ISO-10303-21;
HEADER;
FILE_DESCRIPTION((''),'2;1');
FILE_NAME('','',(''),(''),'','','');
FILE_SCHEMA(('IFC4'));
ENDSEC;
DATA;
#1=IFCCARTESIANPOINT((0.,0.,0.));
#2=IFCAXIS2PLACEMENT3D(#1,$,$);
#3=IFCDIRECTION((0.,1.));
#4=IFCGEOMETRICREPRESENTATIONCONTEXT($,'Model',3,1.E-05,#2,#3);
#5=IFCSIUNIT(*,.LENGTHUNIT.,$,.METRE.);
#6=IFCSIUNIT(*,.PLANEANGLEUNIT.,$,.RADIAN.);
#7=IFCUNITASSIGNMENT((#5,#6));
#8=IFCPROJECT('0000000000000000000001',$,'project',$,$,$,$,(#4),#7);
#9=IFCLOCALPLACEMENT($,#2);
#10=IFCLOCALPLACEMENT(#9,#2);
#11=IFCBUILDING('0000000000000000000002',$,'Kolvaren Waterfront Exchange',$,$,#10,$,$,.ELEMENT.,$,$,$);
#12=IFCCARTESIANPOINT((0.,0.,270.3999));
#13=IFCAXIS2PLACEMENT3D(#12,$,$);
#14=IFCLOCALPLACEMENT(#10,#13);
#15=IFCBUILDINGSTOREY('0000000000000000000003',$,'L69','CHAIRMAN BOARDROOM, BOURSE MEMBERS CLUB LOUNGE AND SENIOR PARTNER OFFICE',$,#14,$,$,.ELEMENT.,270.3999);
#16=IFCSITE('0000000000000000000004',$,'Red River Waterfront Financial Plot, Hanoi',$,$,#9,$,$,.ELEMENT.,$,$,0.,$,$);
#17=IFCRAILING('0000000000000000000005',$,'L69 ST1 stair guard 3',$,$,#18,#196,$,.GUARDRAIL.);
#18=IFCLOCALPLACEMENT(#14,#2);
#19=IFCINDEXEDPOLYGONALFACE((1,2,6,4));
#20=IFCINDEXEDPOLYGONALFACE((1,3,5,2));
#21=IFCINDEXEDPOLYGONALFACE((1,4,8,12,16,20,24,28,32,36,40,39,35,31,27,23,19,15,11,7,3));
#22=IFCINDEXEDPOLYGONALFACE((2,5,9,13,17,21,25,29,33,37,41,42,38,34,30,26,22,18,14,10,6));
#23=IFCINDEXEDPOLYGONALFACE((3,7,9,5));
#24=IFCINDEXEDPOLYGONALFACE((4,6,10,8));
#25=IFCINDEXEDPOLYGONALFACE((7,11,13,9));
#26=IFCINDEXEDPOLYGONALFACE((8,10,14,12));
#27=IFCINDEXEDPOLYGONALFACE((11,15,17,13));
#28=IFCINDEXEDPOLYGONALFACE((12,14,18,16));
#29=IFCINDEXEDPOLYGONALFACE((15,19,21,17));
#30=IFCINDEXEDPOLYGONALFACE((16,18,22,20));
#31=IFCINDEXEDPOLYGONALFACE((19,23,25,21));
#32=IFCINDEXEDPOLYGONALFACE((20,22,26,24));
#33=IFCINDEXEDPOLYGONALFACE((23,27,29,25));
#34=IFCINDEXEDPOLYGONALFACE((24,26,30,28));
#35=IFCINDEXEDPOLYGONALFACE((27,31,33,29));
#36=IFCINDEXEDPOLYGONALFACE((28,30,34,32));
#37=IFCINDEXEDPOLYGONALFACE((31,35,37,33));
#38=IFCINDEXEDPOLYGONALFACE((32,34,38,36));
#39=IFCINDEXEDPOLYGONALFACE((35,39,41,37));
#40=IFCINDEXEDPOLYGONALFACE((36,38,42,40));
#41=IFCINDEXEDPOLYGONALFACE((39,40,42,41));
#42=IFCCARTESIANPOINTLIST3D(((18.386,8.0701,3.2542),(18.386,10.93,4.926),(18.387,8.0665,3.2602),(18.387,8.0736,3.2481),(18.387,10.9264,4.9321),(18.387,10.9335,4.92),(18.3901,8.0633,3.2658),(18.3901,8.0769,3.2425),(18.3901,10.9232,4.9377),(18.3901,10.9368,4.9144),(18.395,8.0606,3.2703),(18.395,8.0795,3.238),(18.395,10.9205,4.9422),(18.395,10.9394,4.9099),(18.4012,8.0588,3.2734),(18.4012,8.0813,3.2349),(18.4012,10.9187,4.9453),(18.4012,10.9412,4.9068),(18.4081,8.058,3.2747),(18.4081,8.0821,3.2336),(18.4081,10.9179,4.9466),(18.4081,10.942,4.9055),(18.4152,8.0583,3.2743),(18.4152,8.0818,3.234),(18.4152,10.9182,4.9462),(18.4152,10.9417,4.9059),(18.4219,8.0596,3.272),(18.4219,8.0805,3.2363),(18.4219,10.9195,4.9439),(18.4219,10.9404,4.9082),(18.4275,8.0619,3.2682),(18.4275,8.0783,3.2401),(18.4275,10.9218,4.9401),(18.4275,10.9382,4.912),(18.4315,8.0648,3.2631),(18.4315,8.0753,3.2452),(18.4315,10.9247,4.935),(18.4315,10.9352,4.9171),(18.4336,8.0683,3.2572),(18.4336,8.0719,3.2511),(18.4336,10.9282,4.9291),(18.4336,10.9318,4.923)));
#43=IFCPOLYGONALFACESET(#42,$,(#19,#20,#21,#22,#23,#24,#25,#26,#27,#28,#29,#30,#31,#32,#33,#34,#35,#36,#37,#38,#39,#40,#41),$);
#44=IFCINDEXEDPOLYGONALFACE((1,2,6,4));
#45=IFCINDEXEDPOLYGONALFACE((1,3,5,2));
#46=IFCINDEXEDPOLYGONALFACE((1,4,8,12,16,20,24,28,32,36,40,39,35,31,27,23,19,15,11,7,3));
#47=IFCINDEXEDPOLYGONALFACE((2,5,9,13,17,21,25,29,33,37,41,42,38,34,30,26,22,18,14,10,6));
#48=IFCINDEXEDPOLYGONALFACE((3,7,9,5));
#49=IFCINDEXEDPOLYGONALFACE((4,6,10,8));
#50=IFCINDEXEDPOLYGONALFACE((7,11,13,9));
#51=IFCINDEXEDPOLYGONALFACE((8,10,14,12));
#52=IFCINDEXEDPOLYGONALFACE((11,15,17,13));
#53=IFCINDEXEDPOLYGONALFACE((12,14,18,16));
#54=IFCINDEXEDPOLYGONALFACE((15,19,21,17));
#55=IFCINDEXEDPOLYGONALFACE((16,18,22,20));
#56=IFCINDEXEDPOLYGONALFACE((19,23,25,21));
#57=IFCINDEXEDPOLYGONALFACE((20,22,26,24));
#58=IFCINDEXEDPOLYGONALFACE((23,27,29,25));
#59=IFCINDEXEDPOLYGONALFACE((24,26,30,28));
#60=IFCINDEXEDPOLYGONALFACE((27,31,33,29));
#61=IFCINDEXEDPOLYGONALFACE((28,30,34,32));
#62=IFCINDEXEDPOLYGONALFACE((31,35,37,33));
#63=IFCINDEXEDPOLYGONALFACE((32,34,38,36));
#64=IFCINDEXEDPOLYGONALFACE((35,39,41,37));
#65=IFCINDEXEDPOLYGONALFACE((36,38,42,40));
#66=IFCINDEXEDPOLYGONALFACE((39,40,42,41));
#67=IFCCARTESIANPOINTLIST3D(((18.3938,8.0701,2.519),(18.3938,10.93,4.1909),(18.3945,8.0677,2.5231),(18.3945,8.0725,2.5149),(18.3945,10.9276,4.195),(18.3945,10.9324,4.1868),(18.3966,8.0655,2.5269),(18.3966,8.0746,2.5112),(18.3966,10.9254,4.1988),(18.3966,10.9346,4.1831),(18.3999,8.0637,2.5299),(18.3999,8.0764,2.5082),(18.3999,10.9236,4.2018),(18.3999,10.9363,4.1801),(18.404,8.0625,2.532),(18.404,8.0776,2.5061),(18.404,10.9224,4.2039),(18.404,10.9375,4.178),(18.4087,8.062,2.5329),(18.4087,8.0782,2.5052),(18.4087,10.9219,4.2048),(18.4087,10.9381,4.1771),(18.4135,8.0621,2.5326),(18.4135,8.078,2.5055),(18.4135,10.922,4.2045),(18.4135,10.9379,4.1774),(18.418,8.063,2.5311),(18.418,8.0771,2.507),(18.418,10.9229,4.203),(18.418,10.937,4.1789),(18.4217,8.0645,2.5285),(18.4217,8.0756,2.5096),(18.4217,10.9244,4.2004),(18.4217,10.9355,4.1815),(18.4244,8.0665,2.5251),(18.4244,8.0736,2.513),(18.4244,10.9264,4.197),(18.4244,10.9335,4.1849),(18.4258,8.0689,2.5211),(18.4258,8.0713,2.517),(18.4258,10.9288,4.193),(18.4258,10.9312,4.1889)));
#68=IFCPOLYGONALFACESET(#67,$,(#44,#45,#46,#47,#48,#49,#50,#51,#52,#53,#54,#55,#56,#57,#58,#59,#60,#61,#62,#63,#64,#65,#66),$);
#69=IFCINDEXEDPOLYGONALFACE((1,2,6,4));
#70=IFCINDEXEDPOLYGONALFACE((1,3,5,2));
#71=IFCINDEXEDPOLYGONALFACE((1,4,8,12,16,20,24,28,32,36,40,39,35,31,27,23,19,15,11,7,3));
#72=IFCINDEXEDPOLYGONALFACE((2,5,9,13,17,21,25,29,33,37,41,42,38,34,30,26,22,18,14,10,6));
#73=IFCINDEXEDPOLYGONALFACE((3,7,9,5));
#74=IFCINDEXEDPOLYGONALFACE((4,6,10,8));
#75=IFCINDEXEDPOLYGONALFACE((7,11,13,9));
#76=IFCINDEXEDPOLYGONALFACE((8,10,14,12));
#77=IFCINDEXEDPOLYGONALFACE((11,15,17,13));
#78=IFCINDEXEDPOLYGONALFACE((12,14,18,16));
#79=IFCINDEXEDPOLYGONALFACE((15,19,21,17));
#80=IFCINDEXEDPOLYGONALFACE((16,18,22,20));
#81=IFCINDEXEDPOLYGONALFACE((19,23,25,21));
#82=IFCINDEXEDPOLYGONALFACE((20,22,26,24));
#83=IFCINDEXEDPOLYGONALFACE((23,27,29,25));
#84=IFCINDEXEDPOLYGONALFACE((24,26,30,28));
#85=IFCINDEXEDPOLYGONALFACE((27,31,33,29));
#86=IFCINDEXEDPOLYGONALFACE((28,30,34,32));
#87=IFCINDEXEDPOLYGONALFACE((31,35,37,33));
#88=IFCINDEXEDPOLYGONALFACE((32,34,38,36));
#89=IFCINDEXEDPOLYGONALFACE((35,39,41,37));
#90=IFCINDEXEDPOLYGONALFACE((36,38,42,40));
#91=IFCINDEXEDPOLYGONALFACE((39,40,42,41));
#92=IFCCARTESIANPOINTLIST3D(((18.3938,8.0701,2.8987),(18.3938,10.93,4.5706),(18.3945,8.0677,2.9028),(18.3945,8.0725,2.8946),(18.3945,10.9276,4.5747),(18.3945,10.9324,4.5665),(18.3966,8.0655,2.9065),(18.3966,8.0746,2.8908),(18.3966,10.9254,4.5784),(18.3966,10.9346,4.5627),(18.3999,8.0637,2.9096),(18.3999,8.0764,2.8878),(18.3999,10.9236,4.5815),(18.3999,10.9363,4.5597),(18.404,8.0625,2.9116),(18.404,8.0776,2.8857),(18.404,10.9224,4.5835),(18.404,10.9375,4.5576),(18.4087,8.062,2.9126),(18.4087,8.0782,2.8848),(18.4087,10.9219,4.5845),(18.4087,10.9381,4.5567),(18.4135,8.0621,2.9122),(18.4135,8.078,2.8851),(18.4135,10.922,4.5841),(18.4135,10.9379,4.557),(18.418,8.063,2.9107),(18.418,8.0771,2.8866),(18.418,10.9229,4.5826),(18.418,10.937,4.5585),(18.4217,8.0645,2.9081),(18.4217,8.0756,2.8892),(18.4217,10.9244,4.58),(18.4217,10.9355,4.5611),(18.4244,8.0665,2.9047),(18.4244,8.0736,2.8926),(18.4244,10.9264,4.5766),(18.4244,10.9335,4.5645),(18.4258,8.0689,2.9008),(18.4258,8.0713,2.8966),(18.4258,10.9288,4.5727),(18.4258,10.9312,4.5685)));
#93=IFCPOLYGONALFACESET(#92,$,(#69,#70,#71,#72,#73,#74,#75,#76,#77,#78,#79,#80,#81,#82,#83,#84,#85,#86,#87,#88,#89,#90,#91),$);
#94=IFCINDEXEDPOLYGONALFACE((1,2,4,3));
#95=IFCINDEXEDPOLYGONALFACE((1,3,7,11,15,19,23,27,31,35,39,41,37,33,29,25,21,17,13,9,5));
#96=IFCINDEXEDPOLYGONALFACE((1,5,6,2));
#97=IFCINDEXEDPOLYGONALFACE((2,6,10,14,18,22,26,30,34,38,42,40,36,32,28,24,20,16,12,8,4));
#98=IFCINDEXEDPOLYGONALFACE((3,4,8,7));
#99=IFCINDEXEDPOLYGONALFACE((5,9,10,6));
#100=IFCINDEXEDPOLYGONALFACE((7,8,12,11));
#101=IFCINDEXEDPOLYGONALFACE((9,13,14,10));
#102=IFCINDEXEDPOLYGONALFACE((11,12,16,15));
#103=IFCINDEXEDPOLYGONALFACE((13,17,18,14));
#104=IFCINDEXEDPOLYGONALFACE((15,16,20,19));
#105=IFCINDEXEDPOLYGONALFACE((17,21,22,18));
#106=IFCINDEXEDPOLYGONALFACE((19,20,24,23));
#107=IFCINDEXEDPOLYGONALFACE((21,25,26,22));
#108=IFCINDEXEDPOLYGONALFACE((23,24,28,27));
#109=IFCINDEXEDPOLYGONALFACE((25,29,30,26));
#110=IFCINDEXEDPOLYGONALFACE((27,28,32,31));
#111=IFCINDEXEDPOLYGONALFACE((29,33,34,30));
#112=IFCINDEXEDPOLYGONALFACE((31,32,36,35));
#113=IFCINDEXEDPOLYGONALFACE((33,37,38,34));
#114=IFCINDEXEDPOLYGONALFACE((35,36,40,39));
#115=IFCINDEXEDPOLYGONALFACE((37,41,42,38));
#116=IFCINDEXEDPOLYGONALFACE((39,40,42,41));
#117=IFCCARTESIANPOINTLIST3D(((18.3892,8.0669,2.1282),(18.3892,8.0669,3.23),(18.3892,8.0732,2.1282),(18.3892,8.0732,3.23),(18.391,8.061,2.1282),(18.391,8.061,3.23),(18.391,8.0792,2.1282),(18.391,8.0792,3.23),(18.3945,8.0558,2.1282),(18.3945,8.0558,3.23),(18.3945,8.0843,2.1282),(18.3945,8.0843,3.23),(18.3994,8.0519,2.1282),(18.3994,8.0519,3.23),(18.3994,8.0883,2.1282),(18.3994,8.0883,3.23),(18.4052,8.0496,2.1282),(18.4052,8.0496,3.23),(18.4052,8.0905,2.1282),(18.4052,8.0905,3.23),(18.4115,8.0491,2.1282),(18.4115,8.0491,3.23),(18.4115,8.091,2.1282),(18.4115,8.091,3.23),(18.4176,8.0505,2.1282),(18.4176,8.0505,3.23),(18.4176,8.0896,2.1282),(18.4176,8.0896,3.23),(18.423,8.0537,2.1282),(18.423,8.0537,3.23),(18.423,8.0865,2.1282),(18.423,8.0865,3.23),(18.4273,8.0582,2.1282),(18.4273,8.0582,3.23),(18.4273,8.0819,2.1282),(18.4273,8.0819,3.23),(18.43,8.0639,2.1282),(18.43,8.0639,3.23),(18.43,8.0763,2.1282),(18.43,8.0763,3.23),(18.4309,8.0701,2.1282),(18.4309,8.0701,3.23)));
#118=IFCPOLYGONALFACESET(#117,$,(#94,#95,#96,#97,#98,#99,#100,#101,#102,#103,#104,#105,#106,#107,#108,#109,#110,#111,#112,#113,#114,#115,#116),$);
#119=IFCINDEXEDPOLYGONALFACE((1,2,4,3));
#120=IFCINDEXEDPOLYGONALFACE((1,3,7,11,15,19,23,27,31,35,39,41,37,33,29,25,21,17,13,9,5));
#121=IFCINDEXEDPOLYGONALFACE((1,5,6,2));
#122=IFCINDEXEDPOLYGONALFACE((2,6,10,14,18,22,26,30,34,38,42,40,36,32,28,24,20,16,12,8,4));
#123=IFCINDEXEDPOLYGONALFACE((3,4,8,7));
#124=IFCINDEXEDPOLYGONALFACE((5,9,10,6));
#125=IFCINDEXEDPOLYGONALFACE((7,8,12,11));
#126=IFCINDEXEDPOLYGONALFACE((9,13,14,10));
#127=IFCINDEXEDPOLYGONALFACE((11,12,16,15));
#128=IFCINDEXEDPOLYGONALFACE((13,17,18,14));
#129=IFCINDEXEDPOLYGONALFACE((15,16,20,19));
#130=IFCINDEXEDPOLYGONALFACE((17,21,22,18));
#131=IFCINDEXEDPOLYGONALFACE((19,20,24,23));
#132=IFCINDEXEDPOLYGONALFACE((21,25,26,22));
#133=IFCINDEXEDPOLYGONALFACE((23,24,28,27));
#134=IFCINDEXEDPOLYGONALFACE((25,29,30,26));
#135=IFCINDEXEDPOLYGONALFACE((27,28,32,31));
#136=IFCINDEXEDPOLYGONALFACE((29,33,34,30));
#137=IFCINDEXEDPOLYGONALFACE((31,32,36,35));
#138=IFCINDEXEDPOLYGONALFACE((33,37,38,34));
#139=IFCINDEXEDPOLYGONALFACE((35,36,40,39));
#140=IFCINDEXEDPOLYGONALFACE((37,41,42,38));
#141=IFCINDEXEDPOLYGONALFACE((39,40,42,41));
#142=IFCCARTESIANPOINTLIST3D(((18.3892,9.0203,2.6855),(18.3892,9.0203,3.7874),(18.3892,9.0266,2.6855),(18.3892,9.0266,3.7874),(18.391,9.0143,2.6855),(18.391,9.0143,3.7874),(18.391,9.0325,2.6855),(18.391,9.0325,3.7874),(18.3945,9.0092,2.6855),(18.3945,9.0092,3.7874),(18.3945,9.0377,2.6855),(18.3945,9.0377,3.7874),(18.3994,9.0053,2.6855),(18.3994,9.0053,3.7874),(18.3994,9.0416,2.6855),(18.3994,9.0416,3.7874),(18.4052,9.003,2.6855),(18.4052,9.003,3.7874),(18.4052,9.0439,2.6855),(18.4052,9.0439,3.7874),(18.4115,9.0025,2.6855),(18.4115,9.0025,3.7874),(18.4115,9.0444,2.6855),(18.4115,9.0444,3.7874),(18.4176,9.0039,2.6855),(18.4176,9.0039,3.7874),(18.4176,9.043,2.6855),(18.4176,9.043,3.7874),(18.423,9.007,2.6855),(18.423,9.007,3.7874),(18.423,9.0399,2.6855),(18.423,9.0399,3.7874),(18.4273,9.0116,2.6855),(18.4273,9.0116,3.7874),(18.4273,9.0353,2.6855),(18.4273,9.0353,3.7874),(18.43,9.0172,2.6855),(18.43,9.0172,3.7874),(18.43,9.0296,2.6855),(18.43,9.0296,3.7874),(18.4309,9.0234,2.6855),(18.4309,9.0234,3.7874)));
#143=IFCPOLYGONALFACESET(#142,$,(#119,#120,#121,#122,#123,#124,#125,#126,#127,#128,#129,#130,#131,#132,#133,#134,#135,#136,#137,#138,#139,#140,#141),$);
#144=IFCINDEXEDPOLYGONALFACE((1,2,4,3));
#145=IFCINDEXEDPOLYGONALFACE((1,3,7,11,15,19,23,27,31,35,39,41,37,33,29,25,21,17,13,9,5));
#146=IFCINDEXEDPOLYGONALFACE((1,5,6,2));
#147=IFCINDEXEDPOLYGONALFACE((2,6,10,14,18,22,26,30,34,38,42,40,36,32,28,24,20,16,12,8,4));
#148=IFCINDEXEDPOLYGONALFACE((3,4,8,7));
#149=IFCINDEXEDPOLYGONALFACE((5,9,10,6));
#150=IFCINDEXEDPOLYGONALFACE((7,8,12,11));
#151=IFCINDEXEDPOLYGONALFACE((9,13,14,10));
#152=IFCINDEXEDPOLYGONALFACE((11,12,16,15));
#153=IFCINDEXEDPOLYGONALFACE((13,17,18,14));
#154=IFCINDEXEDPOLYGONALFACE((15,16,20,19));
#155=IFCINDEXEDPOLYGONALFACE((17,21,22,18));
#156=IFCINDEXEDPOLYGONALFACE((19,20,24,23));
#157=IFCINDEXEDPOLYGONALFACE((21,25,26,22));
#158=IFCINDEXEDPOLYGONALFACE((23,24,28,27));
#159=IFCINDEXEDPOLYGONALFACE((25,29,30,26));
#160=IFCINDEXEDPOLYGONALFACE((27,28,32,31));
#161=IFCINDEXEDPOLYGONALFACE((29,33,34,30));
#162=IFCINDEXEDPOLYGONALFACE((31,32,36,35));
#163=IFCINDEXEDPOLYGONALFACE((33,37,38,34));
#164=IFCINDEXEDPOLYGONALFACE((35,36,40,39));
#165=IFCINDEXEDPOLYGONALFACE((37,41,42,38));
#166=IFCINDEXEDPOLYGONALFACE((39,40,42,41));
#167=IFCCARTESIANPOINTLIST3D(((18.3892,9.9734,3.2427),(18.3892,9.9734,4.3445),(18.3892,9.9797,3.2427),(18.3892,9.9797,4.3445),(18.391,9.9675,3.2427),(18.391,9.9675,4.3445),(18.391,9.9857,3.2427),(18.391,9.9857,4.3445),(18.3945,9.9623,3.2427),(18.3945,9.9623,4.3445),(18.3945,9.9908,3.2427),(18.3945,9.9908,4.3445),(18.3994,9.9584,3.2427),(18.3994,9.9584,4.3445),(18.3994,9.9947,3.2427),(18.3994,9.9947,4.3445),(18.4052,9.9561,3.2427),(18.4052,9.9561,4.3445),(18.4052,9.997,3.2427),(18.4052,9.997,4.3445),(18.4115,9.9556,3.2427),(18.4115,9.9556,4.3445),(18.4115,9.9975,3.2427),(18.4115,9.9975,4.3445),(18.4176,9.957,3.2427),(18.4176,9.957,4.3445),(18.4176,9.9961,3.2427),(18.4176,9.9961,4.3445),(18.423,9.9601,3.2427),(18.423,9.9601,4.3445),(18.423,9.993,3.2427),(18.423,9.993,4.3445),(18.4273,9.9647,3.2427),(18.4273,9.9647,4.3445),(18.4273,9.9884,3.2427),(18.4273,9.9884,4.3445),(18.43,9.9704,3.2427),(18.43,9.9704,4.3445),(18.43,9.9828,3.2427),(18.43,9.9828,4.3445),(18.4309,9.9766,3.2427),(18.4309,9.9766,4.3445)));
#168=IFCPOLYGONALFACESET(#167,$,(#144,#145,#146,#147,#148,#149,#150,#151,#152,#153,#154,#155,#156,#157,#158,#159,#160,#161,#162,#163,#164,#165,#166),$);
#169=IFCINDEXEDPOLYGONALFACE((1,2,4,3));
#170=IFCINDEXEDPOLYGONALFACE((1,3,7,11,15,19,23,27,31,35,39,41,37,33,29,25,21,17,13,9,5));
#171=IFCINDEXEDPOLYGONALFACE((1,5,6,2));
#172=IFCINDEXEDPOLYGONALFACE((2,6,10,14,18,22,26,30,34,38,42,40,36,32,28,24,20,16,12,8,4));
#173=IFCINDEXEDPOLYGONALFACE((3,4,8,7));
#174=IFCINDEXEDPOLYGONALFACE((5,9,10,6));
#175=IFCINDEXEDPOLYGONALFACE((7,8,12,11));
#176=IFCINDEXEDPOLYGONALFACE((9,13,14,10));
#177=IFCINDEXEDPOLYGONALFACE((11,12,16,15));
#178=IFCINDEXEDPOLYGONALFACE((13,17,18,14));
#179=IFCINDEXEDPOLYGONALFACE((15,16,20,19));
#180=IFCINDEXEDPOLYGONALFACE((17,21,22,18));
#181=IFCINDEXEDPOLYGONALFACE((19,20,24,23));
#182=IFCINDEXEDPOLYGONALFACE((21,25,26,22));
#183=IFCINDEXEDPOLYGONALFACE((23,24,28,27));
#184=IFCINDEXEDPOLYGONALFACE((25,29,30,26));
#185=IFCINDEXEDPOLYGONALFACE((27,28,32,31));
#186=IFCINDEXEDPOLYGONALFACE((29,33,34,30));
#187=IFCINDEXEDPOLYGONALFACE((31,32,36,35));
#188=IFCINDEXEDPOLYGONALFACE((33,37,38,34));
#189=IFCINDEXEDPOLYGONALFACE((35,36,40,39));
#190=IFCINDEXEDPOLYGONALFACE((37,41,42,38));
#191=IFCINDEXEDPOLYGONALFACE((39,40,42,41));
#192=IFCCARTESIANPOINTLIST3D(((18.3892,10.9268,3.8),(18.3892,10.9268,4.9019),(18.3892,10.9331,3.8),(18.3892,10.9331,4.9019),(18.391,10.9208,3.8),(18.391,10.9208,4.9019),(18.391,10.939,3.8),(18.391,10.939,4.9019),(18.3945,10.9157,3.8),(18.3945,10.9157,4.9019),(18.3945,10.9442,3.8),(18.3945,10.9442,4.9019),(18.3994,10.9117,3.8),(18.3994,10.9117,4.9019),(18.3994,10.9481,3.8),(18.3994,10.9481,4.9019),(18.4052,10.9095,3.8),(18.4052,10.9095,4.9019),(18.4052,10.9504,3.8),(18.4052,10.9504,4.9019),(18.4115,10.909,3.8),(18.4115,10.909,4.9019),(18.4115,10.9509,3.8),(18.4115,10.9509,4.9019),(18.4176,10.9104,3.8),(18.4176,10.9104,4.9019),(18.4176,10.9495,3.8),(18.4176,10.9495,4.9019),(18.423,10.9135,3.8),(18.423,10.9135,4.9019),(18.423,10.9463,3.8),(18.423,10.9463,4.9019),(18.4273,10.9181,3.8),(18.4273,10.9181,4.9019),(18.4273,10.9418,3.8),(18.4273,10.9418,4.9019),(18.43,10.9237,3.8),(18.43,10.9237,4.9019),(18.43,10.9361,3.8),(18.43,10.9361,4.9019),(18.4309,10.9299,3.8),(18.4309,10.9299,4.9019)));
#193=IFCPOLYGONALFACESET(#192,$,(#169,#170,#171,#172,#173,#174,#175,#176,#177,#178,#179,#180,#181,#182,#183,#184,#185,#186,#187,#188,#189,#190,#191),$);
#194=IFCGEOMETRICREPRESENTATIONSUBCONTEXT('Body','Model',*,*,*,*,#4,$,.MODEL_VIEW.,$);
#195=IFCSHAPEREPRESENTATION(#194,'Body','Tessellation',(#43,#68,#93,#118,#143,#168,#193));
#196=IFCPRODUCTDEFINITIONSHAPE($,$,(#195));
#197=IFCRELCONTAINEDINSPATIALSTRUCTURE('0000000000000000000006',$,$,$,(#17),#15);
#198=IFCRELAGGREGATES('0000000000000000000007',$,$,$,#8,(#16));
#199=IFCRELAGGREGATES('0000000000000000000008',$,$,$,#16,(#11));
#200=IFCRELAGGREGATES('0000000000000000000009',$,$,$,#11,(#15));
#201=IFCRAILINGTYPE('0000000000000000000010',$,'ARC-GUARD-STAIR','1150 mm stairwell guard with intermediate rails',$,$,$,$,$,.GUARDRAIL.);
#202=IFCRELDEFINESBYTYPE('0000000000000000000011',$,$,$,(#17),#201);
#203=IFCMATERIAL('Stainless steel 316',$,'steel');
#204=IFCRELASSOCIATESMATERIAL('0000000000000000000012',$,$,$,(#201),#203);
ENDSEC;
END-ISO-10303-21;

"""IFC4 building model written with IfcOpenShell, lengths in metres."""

from ifc_helpers import new_model, si_unit, direction, frame, origin, origin_2d, place, context, subcontext, project, spatial, circle, extrude, material, type_object, element, save


model = new_model("IFC4")

# Units and contexts
model_context = context("Model", 3, precision=1e-05, world=origin(), true_north=direction((0.0, 1.0)))
body_context = subcontext(model_context, "Body", "Model", "MODEL_VIEW")
ifc_project = project(units=[si_unit("LENGTHUNIT", "METRE"), si_unit("PLANEANGLEUNIT", "RADIAN")], contexts=[model_context])

# Site, building, storey
site_placement = place(None, origin())
site = spatial("IfcSite", under=ifc_project, at=site_placement, Name="Red River Waterfront Financial Plot, Hanoi", CompositionType="ELEMENT", RefElevation=0.0)
building_placement = place(site_placement, origin())
building = spatial("IfcBuilding", under=site, at=building_placement, Name="Kolvaren Waterfront Exchange", CompositionType="ELEMENT")
storey_placement = place(building_placement, frame((0.0, 0.0, 270.3999)))
storey = spatial("IfcBuildingStorey", under=building, at=storey_placement, Name="L69", Description="CHAIRMAN BOARDROOM, BOURSE MEMBERS CLUB LOUNGE AND SENIOR PARTNER OFFICE", CompositionType="ELEMENT", Elevation=270.3999)

# Railing
ifc_material_1 = material(Name="Stainless steel 316", Category="steel")
railing_type_1 = type_object("IfcRailingType", Name="ARC-GUARD-STAIR", Description="1150 mm stairwell guard with intermediate rails", PredefinedType="GUARDRAIL", material=ifc_material_1)
railing_1_placement = place(storey_placement, frame((18.4099, 8.0701, 2.1282)))
element("IfcRailing", 1, at=railing_1_placement, inside=storey, type_object=railing_type_1, Name="L69 ST1 stair guard 3", PredefinedType="GUARDRAIL", context=body_context, shape_type="SweptSolid", body=[
    extrude(circle(Radius=0.0239, at=origin_2d()), frame((0.0, 0.0, 1.126), z_axis=(0.0, 0.863303, 0.504686), x_axis=(-1.0, 0.0, 0.0)), (0.0, 0.0, 1.0), 3.3127),
    extrude(circle(Radius=0.0161, at=origin_2d()), frame((0.0, 0.0, 0.3909), z_axis=(0.0, 0.863303, 0.504686), x_axis=(-1.0, 0.0, 0.0)), (0.0, 0.0, 1.0), 3.3127),
    extrude(circle(Radius=0.0161, at=origin_2d()), frame((0.0, 0.0, 0.7705), z_axis=(0.0, 0.863303, 0.504686), x_axis=(-1.0, 0.0, 0.0)), (0.0, 0.0, 1.0), 3.3127),
    extrude(circle(Radius=0.021, at=origin_2d()), origin(), (0.0, 0.0, 1.0), 1.1018),
    extrude(circle(Radius=0.021, at=origin_2d()), frame((0.0, 0.9534, 0.5574)), (0.0, 0.0, 1.0), 1.1018),
    extrude(circle(Radius=0.021, at=origin_2d()), frame((0.0, 1.9065, 1.1145)), (0.0, 0.0, 1.0), 1.1018),
    extrude(circle(Radius=0.021, at=origin_2d()), frame((0.0, 2.8599, 1.6719)), (0.0, 0.0, 1.0), 1.1018),
])

save(model, "model.ifc")
